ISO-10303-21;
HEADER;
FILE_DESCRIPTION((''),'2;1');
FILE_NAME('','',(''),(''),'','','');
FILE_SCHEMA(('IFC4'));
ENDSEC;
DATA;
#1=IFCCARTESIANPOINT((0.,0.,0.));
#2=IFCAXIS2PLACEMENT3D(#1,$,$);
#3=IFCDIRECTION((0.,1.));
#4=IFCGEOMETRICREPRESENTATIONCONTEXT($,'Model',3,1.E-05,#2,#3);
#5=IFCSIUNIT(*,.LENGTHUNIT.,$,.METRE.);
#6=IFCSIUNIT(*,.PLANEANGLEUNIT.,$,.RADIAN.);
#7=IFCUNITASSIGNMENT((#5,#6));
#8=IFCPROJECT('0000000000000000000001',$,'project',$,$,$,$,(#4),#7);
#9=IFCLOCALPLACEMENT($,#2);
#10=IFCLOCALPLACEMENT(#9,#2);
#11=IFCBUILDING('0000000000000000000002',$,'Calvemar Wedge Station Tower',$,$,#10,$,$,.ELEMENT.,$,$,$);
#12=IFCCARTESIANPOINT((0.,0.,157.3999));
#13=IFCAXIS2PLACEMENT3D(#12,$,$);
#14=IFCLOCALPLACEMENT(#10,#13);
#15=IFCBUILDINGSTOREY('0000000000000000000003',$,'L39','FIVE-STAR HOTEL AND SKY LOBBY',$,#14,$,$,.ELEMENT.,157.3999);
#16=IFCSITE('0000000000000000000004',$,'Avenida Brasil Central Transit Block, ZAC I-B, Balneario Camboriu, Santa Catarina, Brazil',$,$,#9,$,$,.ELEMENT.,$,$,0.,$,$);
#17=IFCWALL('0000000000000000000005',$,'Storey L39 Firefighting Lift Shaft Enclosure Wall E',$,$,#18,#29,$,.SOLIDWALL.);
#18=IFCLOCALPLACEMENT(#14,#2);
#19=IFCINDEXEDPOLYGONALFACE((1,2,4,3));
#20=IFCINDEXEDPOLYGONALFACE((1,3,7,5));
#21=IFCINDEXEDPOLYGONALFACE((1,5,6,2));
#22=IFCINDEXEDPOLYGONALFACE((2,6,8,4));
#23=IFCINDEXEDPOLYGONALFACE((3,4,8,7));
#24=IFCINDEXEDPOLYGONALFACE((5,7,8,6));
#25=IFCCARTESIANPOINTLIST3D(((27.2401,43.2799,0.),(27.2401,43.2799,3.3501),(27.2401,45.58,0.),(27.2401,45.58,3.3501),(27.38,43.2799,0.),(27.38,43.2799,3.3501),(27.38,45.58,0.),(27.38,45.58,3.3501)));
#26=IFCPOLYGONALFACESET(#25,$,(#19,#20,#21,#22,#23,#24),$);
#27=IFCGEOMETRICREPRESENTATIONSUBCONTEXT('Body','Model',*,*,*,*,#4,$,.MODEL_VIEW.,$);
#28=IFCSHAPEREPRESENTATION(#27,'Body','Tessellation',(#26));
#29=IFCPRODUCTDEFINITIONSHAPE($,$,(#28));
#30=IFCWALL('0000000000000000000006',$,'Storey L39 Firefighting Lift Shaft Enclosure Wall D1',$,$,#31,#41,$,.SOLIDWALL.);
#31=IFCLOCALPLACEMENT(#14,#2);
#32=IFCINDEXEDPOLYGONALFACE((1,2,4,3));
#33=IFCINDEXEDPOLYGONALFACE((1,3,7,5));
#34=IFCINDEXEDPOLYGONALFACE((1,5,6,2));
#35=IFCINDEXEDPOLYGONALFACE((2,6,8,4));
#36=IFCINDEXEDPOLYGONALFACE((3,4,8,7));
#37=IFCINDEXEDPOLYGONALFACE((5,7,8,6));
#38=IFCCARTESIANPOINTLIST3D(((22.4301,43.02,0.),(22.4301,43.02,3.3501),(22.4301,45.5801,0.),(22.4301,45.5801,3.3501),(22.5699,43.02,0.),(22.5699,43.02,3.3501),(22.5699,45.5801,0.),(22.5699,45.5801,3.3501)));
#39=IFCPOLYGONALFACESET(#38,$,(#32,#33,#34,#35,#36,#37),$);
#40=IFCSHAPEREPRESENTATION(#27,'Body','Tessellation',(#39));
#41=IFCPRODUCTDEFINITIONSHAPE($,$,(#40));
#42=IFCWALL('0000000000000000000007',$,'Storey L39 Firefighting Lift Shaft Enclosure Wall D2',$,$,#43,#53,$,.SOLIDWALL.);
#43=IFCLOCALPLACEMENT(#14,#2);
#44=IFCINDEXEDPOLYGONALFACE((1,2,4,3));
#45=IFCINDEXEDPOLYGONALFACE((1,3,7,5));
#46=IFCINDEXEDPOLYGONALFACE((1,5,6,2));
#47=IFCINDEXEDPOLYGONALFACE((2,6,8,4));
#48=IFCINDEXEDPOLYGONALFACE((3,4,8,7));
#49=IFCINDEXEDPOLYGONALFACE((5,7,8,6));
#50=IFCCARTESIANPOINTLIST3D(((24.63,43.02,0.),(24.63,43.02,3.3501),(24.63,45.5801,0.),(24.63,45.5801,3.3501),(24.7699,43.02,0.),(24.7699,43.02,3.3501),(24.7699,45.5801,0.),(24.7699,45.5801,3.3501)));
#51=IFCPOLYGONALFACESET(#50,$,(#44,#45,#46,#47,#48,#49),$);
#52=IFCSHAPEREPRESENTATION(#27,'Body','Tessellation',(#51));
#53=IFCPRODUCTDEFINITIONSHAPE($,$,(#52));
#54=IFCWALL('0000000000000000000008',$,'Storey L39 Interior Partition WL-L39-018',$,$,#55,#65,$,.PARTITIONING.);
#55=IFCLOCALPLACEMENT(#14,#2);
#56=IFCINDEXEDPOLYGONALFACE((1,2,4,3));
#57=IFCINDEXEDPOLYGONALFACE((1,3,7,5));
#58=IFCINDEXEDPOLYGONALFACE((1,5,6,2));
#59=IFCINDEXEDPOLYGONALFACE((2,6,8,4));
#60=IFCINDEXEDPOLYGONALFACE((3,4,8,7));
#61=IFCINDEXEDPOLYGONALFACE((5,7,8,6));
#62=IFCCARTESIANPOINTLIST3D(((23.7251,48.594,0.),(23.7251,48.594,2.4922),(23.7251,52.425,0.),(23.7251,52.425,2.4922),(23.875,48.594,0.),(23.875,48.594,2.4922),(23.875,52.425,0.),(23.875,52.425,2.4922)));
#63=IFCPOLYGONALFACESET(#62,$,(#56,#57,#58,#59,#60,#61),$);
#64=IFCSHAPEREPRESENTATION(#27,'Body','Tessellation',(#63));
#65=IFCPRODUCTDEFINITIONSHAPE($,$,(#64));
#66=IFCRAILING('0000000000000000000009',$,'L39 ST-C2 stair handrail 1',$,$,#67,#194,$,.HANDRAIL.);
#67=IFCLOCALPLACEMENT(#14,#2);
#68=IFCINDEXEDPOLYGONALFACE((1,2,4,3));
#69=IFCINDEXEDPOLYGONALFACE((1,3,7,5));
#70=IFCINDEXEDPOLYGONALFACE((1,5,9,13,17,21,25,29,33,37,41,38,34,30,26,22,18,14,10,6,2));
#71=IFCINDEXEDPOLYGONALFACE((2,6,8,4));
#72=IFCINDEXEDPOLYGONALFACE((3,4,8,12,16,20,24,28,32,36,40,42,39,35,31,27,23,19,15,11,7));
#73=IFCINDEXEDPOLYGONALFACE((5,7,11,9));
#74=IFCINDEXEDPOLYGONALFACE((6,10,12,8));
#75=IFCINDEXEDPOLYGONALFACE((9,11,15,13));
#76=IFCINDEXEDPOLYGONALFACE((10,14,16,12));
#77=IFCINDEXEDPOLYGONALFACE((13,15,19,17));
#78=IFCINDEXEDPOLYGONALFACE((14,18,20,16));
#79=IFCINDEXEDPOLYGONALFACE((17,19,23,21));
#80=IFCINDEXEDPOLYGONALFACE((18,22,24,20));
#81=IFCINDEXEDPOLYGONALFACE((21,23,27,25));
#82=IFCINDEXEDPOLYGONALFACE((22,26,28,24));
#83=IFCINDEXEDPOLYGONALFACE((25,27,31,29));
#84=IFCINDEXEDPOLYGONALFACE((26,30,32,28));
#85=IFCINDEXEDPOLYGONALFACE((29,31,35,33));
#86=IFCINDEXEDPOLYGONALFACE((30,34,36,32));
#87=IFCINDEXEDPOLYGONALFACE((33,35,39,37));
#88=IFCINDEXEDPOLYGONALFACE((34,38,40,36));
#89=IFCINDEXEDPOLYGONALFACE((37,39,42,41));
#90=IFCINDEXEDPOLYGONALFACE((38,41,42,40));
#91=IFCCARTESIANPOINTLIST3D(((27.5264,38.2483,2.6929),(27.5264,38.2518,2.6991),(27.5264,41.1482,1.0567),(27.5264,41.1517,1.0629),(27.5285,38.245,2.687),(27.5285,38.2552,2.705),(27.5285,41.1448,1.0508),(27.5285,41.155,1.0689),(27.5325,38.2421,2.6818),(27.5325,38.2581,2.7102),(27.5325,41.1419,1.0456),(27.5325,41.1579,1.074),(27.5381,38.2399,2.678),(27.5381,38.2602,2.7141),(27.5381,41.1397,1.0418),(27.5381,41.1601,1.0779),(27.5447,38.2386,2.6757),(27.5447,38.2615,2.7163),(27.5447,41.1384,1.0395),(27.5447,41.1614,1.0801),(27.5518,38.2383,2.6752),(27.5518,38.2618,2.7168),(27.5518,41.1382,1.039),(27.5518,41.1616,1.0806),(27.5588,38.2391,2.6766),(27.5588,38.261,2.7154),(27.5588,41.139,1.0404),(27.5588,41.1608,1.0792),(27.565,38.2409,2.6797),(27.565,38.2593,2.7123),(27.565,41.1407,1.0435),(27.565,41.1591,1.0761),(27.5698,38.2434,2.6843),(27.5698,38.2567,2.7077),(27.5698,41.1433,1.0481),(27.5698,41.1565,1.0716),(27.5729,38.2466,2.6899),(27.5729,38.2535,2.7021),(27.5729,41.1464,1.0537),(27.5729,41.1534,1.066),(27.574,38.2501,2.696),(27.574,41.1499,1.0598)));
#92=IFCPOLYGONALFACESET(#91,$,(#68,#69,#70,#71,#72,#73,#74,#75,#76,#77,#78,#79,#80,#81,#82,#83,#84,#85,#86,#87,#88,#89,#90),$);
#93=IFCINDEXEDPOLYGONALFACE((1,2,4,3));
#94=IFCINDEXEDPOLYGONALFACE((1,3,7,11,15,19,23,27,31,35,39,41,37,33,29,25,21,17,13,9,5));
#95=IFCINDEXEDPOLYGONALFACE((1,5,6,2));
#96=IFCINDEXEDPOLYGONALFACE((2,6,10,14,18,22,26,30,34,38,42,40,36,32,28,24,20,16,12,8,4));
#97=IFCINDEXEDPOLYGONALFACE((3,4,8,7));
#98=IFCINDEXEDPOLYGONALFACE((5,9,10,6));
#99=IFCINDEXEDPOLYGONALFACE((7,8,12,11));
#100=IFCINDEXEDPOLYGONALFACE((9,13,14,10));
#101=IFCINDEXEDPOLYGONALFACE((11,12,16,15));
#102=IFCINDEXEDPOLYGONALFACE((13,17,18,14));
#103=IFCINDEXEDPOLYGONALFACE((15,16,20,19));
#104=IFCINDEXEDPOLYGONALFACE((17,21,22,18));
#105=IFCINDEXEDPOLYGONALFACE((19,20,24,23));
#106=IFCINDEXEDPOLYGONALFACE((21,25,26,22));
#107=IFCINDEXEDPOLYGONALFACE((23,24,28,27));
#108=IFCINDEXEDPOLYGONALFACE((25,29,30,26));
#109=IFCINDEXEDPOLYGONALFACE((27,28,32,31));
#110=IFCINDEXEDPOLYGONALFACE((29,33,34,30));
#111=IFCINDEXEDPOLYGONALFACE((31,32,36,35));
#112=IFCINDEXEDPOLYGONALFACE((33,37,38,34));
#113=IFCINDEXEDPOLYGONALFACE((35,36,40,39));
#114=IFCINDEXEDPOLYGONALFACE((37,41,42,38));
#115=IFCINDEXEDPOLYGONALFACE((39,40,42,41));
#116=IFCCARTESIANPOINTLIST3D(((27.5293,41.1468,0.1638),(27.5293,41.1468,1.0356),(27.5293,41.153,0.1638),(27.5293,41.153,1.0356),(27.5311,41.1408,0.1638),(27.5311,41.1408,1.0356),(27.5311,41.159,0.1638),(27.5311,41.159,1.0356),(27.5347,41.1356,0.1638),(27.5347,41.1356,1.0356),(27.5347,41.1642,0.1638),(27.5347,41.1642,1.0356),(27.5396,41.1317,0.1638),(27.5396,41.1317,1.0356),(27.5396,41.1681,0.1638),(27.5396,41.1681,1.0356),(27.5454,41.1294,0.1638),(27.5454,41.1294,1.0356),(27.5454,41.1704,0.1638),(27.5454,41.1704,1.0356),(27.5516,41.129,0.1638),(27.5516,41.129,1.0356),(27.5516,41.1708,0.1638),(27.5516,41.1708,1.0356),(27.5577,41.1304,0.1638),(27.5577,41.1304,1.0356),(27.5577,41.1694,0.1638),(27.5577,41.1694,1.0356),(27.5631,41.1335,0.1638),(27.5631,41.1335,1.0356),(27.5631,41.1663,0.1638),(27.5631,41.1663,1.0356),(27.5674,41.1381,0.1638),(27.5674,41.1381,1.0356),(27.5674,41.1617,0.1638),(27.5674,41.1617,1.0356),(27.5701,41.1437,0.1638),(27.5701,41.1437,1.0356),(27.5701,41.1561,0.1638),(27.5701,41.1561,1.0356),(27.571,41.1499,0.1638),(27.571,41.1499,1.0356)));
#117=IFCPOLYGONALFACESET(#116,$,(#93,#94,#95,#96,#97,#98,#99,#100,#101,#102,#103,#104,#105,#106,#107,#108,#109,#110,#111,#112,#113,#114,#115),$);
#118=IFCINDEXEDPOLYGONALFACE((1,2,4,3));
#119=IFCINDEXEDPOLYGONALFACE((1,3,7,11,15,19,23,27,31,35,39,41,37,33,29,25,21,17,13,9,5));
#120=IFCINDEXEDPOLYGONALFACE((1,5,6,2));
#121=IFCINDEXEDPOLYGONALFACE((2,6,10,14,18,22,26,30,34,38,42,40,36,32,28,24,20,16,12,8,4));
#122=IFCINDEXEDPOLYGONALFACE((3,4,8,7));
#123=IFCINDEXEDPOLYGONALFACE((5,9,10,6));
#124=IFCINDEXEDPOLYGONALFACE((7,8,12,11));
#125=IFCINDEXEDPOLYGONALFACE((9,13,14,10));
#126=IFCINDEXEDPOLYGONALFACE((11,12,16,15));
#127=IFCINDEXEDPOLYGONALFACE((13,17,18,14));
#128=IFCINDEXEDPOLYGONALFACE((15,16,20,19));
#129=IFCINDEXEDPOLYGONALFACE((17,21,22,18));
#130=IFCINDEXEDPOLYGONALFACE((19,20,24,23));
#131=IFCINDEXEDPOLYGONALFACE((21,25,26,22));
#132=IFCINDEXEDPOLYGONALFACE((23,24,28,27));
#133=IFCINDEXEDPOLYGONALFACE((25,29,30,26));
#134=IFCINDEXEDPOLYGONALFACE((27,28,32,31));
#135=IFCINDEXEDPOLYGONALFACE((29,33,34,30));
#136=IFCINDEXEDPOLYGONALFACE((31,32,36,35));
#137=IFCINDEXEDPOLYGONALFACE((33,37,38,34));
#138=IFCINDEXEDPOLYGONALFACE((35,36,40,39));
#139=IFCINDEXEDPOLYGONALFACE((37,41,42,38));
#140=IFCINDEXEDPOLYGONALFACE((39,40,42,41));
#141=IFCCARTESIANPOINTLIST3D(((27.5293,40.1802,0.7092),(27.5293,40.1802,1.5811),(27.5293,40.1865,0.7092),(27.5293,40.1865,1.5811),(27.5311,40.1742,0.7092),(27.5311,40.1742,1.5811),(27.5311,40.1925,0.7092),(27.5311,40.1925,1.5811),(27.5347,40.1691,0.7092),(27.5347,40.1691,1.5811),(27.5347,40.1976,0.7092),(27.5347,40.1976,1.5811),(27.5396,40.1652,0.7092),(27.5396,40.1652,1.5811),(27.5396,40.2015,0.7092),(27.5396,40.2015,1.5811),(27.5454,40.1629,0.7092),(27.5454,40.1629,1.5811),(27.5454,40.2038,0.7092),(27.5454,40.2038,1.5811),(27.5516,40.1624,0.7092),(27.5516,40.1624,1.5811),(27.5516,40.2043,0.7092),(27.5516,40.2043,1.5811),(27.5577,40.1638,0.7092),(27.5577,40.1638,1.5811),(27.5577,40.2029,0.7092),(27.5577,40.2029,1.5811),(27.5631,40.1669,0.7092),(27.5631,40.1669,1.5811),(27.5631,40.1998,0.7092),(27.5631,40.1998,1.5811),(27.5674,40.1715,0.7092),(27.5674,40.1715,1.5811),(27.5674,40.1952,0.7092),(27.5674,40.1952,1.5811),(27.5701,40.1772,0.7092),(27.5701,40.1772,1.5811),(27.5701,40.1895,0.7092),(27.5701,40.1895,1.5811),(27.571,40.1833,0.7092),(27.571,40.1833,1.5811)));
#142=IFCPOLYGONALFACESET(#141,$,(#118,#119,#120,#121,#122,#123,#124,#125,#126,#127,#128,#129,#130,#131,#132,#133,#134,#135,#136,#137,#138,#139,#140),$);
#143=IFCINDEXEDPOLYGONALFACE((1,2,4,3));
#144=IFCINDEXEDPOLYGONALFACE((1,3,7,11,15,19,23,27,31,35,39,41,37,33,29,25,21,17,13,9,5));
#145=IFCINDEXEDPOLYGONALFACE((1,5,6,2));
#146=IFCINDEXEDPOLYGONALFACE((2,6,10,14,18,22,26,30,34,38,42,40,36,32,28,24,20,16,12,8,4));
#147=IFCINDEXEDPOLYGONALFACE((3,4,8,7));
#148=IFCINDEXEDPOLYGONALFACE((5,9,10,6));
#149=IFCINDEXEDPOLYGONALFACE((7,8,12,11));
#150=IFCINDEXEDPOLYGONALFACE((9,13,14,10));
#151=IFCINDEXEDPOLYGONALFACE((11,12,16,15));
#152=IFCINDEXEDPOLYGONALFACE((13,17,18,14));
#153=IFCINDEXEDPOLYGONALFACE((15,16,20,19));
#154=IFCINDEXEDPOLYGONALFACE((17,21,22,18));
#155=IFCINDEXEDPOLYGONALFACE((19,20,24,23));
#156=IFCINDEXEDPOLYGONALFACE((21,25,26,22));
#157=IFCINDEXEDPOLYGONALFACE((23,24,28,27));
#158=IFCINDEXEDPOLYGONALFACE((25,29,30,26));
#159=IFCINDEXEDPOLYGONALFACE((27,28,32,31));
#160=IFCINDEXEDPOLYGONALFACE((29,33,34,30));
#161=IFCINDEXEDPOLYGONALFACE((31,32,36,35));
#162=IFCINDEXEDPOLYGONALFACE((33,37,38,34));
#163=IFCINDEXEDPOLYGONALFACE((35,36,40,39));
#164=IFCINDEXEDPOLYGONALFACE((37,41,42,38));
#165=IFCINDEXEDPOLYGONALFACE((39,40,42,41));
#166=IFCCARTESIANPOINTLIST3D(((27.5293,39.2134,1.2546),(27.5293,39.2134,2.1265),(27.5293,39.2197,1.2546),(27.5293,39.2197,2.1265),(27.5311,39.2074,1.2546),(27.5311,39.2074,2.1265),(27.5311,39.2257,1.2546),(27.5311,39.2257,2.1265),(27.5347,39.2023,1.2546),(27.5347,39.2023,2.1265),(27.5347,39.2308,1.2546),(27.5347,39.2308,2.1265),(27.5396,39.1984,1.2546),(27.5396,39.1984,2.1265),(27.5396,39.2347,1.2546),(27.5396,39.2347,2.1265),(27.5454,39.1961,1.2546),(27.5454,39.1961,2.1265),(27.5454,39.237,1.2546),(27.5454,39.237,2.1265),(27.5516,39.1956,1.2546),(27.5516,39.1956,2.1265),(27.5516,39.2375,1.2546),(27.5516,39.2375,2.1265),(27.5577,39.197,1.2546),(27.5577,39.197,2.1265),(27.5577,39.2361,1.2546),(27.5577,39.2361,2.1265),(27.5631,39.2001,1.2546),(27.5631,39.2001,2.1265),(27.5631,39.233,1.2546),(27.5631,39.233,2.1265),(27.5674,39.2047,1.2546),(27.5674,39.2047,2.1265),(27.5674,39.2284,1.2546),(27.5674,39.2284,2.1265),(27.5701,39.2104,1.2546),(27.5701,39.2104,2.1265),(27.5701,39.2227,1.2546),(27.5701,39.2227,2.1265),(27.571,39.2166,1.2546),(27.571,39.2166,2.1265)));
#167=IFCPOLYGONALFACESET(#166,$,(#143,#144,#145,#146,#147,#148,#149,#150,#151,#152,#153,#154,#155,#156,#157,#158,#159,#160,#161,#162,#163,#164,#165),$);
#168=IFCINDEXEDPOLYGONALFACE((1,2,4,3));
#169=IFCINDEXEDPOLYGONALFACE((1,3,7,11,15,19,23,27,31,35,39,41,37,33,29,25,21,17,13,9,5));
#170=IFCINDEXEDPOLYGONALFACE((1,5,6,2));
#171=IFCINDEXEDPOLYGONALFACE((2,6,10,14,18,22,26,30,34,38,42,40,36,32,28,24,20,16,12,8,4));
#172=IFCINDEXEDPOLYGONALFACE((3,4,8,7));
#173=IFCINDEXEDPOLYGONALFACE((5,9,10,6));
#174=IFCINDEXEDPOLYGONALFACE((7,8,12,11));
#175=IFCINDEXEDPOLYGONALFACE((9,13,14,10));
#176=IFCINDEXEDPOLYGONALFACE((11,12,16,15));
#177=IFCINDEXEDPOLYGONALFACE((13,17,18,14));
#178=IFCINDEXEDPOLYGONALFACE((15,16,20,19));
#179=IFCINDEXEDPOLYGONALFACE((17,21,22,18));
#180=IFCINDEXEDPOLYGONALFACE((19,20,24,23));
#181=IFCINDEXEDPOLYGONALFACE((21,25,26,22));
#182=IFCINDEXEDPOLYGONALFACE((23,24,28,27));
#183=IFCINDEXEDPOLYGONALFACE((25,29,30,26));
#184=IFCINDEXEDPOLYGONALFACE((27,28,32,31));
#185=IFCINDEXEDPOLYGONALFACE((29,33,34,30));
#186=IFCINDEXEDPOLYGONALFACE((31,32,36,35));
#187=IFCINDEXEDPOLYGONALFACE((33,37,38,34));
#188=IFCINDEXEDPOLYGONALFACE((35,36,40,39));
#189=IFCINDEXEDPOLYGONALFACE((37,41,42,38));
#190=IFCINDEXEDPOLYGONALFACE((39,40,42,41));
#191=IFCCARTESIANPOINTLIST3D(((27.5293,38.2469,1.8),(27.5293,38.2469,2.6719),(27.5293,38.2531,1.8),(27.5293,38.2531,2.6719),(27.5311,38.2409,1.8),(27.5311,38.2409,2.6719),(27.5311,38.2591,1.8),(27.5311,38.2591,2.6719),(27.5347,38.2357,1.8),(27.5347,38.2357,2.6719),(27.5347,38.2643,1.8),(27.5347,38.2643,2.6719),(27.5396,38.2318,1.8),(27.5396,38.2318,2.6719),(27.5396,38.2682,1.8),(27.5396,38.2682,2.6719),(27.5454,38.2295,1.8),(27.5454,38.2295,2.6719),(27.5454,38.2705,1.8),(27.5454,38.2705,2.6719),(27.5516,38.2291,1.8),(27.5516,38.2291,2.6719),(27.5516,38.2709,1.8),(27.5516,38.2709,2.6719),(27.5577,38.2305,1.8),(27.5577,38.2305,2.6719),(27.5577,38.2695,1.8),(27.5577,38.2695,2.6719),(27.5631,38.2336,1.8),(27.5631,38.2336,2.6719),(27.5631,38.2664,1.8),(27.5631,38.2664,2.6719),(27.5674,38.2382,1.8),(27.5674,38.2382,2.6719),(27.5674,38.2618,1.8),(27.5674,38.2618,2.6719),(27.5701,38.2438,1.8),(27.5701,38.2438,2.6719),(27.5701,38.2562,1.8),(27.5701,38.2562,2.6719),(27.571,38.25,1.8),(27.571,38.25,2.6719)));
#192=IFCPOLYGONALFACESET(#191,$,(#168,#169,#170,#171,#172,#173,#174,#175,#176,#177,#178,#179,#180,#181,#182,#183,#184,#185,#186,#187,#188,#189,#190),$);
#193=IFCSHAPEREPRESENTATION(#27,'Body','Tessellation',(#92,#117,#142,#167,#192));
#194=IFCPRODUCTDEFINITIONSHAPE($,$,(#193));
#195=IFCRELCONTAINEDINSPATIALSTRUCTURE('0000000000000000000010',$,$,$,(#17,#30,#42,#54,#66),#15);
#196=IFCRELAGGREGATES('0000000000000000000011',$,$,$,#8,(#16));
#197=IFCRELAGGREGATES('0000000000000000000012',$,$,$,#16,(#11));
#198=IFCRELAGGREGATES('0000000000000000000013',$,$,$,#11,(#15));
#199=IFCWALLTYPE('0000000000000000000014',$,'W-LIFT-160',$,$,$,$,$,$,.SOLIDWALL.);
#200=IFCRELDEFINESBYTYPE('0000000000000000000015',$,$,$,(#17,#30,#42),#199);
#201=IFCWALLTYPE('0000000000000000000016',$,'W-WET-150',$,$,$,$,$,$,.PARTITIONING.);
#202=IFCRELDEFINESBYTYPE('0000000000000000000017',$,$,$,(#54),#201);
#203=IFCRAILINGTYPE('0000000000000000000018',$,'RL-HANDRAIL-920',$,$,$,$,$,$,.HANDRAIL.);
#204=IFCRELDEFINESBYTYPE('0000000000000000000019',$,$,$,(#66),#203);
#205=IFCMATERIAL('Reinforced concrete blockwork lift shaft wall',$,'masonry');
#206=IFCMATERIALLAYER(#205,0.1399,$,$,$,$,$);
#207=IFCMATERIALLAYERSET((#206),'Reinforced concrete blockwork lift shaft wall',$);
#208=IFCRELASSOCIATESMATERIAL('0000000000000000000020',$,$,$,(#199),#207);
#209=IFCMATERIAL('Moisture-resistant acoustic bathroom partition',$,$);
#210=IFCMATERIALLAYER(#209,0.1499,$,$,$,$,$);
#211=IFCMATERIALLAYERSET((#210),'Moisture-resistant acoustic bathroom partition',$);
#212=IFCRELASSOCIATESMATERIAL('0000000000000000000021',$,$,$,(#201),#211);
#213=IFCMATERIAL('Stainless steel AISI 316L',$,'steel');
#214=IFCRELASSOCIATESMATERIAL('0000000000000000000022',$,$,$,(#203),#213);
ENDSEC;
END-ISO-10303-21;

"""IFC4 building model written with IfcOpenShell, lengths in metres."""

from ifc_helpers import new_model, si_unit, direction, frame, frame_2d, origin, origin_2d, place, context, subcontext, project, spatial, rectangle, circle, extrude, material, layer, layer_set, type_object, element, save


model = new_model("IFC4")

# Units and contexts
model_context = context("Model", 3, precision=1e-05, world=origin(), true_north=direction((0.0, 1.0)))
body_context = subcontext(model_context, "Body", "Model", "MODEL_VIEW")
ifc_project = project(units=[si_unit("LENGTHUNIT", "METRE"), si_unit("PLANEANGLEUNIT", "RADIAN")], contexts=[model_context])

# Site, building, storey
site_placement = place(None, origin())
site = spatial("IfcSite", under=ifc_project, at=site_placement, Name="Avenida Brasil Central Transit Block, ZAC I-B, Balneario Camboriu, Santa Catarina, Brazil", CompositionType="ELEMENT", RefElevation=0.0)
building_placement = place(site_placement, origin())
building = spatial("IfcBuilding", under=site, at=building_placement, Name="Calvemar Wedge Station Tower", CompositionType="ELEMENT")
storey_placement = place(building_placement, frame((0.0, 0.0, 157.3999)))
storey = spatial("IfcBuildingStorey", under=building, at=storey_placement, Name="L39", Description="FIVE-STAR HOTEL AND SKY LOBBY", CompositionType="ELEMENT", Elevation=157.3999)

# Walls
ifc_material_1 = material(Name="Reinforced concrete blockwork lift shaft wall", Category="masonry")
ifc_layer_1 = layer(ifc_material_1, 0.1399)
ifc_layer_set_1 = layer_set([ifc_layer_1], Name="Reinforced concrete blockwork lift shaft wall")
wall_type_1 = type_object("IfcWallType", Name="W-LIFT-160", PredefinedType="SOLIDWALL", material=ifc_layer_set_1)
wall_1_placement = place(storey_placement, frame((27.3101, 43.28, 0.0), z_axis=(0.0, 0.0, 1.0), x_axis=(0.0, 1.0, 0.0)))
element("IfcWall", 1, at=wall_1_placement, inside=storey, type_object=wall_type_1, Name="Storey L39 Firefighting Lift Shaft Enclosure Wall E", PredefinedType="SOLIDWALL", context=body_context, shape_type="SweptSolid", body=[
    extrude(rectangle(XDim=2.3, YDim=0.1399, at=frame_2d((1.1499, 0.0))), origin(), (0.0, 0.0, 1.0), 3.3501),
])
for number, where, z_axis, x_axis, name in (
    (2, (22.5, 43.02, 0.0), (0.0, 0.0, 1.0), (0.0, 1.0, 0.0), "Storey L39 Firefighting Lift Shaft Enclosure Wall D1"),
    (3, (24.7, 43.02, 0.0), (0.0, 0.0, 1.0), (0.0, 1.0, 0.0), "Storey L39 Firefighting Lift Shaft Enclosure Wall D2"),
):
    element("IfcWall", number, at=place(storey_placement, frame(where, z_axis=z_axis, x_axis=x_axis)), inside=storey, type_object=wall_type_1, Name=name, PredefinedType="SOLIDWALL", context=body_context, shape_type="SweptSolid", body=[
        extrude(rectangle(XDim=2.5601, YDim=0.1399, at=frame_2d((1.28, 0.0))), origin(), (0.0, 0.0, 1.0), 3.3501),
    ])
ifc_material_2 = material(Name="Moisture-resistant acoustic bathroom partition")
ifc_layer_2 = layer(ifc_material_2, 0.1499)
ifc_layer_set_2 = layer_set([ifc_layer_2], Name="Moisture-resistant acoustic bathroom partition")
wall_type_2 = type_object("IfcWallType", Name="W-WET-150", PredefinedType="PARTITIONING", material=ifc_layer_set_2)
wall_2_placement = place(storey_placement, frame((23.8, 52.425, 0.0), z_axis=(0.0, 0.0, 1.0), x_axis=(0.0, -1.0, 0.0)))
element("IfcWall", 4, at=wall_2_placement, inside=storey, type_object=wall_type_2, Name="Storey L39 Interior Partition WL-L39-018", PredefinedType="PARTITIONING", context=body_context, shape_type="SweptSolid", body=[
    extrude(rectangle(XDim=3.8311, YDim=0.1499, at=frame_2d((1.9155, 0.0))), origin(), (0.0, 0.0, 1.0), 2.4922),
])

# Railing
ifc_material_3 = material(Name="Stainless steel AISI 316L", Category="steel")
railing_type = type_object("IfcRailingType", Name="RL-HANDRAIL-920", PredefinedType="HANDRAIL", material=ifc_material_3)
railing_placement = place(storey_placement, frame((27.55, 41.1499, 0.1638)))
element("IfcRailing", 5, at=railing_placement, inside=storey, type_object=railing_type, Name="L39 ST-C2 stair handrail 1", PredefinedType="HANDRAIL", context=body_context, shape_type="SweptSolid", body=[
    extrude(circle(Radius=0.0239, at=origin_2d()), frame((0.0, 0.0, 0.896), z_axis=(0.0, -0.870929, 0.49141), x_axis=(1.0, 0.0, 0.0)), (0.0, 0.0, 1.0), 3.3296),
    extrude(circle(Radius=0.021, at=origin_2d()), origin(), (0.0, 0.0, 1.0), 0.8718),
    extrude(circle(Radius=0.021, at=origin_2d()), frame((0.0, -0.9666, 0.5454)), (0.0, 0.0, 1.0), 0.8718),
    extrude(circle(Radius=0.021, at=origin_2d()), frame((0.0, -1.9333, 1.0908)), (0.0, 0.0, 1.0), 0.8718),
    extrude(circle(Radius=0.021, at=origin_2d()), frame((0.0, -2.8999, 1.6362)), (0.0, 0.0, 1.0), 0.8718),
])

save(model, "model.ifc")
